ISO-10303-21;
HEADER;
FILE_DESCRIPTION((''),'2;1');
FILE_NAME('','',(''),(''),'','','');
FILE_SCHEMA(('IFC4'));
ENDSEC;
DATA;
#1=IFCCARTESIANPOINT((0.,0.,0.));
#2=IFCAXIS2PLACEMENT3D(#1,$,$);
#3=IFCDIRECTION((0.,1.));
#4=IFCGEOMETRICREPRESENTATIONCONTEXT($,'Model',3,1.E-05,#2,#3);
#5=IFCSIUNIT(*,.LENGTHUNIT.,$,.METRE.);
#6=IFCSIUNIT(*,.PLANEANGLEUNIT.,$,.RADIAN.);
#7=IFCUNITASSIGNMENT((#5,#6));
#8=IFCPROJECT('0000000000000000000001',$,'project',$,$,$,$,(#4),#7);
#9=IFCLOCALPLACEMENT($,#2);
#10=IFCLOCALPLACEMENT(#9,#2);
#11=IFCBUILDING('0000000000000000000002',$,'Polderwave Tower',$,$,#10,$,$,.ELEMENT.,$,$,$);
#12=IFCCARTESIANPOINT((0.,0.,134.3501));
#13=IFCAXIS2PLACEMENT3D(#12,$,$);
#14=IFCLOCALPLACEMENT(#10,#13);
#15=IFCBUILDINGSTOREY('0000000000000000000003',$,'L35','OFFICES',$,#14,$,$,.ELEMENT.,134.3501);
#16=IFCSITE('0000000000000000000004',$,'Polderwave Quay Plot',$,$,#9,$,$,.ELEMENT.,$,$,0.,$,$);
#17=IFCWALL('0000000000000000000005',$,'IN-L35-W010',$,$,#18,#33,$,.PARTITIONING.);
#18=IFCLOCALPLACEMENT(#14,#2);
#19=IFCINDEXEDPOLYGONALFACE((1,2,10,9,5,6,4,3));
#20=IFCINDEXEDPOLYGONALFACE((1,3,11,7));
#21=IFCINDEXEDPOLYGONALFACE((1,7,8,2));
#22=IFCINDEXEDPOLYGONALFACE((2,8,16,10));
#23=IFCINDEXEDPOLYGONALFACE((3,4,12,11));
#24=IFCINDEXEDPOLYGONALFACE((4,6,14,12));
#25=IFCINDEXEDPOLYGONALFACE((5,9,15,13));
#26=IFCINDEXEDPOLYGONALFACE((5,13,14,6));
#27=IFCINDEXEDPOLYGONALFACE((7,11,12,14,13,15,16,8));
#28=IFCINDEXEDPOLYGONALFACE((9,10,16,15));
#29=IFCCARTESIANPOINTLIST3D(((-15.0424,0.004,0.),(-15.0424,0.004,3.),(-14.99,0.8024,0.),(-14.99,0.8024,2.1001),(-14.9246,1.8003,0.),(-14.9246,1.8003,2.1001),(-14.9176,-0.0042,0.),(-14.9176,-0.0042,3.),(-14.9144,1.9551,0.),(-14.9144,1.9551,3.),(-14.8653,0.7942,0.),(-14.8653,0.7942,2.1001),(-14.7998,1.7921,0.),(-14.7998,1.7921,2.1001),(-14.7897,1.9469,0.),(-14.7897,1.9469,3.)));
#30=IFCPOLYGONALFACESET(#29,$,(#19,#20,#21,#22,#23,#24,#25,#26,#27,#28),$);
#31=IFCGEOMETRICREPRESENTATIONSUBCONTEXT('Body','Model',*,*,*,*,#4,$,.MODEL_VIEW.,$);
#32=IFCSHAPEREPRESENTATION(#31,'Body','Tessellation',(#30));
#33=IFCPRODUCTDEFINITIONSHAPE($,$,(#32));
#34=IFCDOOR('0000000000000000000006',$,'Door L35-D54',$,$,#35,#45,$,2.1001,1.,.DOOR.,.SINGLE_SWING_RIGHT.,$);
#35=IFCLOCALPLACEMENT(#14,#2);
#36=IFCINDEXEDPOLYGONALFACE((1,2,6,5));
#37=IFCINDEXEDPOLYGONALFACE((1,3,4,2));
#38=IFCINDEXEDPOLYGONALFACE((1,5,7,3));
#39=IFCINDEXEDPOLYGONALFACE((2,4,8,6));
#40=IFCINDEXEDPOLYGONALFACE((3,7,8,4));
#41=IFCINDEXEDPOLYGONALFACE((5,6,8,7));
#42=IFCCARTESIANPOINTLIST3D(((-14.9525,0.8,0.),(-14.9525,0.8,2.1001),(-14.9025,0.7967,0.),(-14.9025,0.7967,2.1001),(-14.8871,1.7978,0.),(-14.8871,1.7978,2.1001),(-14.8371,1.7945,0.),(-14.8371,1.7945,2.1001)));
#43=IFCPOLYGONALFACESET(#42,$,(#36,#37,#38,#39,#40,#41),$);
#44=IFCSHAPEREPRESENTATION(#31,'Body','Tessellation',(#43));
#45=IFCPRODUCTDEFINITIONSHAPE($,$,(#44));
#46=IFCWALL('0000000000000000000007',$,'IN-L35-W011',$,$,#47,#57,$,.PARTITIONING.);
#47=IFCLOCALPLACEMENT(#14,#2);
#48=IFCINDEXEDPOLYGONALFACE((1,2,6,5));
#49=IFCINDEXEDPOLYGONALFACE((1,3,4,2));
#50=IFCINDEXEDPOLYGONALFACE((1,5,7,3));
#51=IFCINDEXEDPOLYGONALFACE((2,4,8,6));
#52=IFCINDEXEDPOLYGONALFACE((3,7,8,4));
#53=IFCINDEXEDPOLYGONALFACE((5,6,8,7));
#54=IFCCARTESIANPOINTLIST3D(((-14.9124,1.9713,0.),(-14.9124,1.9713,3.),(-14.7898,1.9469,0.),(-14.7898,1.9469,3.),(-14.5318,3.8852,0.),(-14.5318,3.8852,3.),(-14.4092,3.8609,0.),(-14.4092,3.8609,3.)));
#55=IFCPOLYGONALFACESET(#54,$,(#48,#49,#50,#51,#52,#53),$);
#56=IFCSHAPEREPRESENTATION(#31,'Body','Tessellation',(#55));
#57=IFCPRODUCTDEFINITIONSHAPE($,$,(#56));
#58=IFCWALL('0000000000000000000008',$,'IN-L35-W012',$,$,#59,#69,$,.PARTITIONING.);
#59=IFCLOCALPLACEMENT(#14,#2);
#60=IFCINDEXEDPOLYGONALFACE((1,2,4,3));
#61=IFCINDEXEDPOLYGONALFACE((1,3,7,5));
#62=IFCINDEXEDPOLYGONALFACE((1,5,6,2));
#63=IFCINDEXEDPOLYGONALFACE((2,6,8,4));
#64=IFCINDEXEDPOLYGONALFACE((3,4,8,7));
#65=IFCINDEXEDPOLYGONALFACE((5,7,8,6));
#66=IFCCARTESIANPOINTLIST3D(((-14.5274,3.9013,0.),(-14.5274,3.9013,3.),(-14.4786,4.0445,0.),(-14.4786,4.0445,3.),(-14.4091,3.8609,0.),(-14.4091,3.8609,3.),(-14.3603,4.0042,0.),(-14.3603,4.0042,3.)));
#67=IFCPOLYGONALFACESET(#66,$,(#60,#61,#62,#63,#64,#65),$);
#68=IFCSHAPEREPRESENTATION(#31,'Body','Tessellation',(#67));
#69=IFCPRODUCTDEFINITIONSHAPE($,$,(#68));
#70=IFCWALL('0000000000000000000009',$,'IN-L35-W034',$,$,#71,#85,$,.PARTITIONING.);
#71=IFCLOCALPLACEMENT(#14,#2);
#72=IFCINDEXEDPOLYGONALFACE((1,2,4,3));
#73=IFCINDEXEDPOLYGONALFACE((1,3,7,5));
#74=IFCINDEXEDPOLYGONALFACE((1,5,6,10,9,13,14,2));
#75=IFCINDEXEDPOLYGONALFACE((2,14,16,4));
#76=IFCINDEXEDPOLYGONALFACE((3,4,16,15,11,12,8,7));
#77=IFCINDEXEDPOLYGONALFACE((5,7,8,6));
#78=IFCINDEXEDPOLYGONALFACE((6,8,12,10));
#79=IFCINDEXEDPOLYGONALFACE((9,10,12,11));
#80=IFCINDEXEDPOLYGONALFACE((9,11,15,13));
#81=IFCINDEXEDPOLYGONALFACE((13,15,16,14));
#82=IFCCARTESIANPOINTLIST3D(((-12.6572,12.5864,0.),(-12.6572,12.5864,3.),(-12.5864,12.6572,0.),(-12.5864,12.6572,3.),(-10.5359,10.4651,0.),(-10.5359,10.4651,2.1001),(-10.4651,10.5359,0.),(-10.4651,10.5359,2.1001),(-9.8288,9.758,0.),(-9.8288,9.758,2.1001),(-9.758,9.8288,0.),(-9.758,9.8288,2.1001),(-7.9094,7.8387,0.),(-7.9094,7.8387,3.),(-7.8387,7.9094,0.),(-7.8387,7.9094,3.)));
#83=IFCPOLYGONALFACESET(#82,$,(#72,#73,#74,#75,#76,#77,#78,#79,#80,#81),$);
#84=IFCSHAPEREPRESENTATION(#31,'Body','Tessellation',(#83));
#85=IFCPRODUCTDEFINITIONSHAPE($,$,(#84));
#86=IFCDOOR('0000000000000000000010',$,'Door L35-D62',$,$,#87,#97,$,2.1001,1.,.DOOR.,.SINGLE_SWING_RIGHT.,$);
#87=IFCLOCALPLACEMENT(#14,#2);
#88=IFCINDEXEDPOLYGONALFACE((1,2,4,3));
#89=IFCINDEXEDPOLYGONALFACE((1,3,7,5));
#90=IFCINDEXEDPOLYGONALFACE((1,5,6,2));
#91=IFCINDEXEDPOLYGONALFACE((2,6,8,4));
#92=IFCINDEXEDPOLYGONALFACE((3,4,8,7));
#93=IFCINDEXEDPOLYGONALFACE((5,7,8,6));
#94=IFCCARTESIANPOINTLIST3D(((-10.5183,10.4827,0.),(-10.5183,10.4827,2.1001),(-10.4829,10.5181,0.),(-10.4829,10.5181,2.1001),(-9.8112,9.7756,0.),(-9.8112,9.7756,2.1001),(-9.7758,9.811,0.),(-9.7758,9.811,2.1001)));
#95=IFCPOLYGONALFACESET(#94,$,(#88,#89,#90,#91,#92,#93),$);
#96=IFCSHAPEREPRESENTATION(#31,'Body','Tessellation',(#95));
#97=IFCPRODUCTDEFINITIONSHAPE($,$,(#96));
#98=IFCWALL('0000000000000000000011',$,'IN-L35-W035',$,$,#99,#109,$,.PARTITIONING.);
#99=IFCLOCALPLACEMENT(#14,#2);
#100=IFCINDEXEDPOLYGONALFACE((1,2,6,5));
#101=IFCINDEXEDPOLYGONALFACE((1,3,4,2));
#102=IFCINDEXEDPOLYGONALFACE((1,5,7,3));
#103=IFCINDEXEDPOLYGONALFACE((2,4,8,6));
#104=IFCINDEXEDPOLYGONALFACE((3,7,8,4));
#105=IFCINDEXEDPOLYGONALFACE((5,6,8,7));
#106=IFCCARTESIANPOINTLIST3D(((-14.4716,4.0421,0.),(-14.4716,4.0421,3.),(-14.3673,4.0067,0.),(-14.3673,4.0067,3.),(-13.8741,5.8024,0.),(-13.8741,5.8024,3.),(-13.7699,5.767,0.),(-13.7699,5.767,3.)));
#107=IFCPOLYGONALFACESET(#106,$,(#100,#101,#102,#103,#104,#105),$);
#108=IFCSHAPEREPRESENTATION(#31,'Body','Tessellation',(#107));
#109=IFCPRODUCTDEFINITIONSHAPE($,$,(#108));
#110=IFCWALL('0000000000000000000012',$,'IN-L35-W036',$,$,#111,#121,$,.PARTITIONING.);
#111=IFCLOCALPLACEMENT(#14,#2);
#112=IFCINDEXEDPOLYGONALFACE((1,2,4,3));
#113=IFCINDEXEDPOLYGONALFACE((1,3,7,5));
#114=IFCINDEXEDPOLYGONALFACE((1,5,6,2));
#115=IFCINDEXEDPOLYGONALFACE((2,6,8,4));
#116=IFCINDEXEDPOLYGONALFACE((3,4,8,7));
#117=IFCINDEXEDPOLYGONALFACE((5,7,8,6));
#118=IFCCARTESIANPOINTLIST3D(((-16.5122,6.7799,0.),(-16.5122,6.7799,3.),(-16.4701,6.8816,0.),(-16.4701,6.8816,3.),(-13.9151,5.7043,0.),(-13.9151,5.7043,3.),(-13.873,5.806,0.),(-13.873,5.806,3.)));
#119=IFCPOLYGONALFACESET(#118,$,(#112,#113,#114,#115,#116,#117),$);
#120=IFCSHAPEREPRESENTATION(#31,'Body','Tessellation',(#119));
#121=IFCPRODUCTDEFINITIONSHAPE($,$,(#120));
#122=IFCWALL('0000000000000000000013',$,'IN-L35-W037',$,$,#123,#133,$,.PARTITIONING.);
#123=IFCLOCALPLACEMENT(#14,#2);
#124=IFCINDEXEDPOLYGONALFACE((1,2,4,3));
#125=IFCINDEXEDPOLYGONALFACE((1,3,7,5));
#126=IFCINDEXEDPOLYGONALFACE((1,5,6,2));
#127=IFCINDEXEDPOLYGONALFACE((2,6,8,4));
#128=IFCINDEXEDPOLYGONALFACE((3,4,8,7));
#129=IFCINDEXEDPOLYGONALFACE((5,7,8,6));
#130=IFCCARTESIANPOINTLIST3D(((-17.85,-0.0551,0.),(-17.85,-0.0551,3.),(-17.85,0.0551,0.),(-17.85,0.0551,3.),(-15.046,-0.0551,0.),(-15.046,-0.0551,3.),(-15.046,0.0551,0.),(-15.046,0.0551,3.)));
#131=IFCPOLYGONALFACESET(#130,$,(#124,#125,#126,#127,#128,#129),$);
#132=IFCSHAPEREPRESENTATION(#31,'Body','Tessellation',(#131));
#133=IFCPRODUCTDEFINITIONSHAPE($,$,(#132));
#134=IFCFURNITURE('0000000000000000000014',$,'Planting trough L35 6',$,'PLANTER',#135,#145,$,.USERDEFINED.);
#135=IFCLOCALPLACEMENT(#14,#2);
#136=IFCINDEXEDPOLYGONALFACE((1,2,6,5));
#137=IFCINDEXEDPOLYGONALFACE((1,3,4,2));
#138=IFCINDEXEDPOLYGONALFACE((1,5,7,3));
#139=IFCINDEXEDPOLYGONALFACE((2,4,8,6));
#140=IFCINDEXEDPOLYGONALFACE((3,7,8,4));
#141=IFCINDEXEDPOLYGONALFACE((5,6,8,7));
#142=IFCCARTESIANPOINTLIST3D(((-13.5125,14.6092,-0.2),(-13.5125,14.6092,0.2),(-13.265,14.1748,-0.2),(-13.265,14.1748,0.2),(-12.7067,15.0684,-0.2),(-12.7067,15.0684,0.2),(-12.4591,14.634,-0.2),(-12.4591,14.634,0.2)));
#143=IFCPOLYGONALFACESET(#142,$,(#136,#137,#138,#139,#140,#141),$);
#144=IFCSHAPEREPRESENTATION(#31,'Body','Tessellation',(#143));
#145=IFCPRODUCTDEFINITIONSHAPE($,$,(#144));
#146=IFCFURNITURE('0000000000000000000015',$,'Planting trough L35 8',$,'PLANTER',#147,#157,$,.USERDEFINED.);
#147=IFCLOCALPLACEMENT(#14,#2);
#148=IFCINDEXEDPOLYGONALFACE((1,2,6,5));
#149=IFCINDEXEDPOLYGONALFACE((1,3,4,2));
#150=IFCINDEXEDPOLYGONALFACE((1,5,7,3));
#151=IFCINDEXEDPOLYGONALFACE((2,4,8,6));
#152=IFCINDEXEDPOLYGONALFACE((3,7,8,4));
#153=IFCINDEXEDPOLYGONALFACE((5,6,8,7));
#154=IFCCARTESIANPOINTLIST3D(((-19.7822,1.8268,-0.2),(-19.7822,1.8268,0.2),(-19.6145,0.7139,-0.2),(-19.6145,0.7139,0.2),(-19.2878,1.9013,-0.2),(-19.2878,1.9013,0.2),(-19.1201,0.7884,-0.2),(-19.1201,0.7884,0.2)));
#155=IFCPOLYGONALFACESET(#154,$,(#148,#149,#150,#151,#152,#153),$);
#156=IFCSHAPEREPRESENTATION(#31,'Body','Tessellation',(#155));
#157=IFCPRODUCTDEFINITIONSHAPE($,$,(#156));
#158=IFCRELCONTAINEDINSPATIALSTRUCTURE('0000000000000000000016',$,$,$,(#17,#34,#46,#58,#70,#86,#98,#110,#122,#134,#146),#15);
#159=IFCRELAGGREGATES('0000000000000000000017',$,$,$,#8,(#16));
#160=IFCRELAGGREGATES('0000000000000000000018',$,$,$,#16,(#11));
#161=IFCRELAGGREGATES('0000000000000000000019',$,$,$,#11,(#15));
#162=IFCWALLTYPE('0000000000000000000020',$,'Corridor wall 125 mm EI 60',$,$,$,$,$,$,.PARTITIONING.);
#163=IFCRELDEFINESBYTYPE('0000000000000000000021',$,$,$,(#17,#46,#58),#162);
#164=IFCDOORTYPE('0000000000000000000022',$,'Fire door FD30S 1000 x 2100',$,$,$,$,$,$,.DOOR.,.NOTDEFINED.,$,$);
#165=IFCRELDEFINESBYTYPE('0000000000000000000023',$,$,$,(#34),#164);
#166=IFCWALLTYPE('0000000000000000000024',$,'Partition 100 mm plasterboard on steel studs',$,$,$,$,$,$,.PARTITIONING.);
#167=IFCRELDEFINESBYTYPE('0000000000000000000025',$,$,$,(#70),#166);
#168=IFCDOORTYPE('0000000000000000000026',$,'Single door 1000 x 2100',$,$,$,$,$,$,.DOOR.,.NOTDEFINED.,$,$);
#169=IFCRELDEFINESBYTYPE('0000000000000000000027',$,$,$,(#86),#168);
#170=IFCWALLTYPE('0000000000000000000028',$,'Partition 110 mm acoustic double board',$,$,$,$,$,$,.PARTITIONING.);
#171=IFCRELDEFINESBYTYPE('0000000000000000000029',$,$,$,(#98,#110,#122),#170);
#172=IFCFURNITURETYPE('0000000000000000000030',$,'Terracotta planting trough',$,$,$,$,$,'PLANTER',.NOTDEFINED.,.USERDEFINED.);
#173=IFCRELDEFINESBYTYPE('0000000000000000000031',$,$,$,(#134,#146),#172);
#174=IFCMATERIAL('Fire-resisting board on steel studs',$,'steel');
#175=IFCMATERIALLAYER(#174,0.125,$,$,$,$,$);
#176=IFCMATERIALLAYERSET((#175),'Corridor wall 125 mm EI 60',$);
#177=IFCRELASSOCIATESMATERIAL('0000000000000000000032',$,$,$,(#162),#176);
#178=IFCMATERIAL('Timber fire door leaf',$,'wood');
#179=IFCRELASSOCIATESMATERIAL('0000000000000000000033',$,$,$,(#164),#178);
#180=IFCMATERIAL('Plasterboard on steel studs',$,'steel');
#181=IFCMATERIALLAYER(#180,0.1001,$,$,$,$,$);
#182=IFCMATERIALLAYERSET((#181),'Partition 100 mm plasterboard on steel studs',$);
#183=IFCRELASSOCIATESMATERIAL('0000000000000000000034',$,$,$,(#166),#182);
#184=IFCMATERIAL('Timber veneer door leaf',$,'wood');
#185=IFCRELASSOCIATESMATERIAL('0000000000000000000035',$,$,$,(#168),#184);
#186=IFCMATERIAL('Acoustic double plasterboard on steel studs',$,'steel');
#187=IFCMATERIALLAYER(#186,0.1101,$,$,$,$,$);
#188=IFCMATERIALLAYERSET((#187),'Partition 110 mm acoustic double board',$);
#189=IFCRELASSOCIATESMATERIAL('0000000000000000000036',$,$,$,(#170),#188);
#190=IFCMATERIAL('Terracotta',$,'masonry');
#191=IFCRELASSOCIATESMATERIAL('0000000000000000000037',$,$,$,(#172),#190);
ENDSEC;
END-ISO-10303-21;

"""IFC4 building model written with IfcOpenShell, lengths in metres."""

from ifc_helpers import new_model, si_unit, direction, frame, frame_2d, origin, origin_2d, place, context, subcontext, project, spatial, rectangle, extrude, material, layer, layer_set, type_object, element, fill, save


model = new_model("IFC4")

# Units and contexts
model_context = context("Model", 3, precision=1e-05, world=origin(), true_north=direction((0.0, 1.0)))
body_context = subcontext(model_context, "Body", "Model", "MODEL_VIEW")
ifc_project = project(units=[si_unit("LENGTHUNIT", "METRE"), si_unit("PLANEANGLEUNIT", "RADIAN")], contexts=[model_context])

# Site, building, storey
site_placement = place(None, origin())
site = spatial("IfcSite", under=ifc_project, at=site_placement, Name="Polderwave Quay Plot", CompositionType="ELEMENT", RefElevation=0.0)
building_placement = place(site_placement, origin())
building = spatial("IfcBuilding", under=site, at=building_placement, Name="Polderwave Tower", CompositionType="ELEMENT")
storey_placement = place(building_placement, frame((0.0, 0.0, 134.3501)))
storey = spatial("IfcBuildingStorey", under=building, at=storey_placement, Name="L35", Description="OFFICES", CompositionType="ELEMENT", Elevation=134.3501)

# Wall, opening, door
ifc_material_1 = material(Name="Fire-resisting board on steel studs", Category="steel")
ifc_layer_1 = layer(ifc_material_1, 0.125)
ifc_layer_set_1 = layer_set([ifc_layer_1], Name="Corridor wall 125 mm EI 60")
wall_type_1 = type_object("IfcWallType", Name="Corridor wall 125 mm EI 60", PredefinedType="PARTITIONING", material=ifc_layer_set_1)
ifc_material_2 = material(Name="Timber fire door leaf", Category="wood")
door_type_1 = type_object("IfcDoorType", Name="Fire door FD30S 1000 x 2100", OperationType="NOTDEFINED", PredefinedType="DOOR", material=ifc_material_2)
wall_1_placement = place(storey_placement, frame((-14.98, 0.0, 0.0), z_axis=(0.0, 0.0, 1.0), x_axis=(0.065425, 0.997857, 0.0)))
wall_1 = element("IfcWall", 1, at=wall_1_placement, inside=storey, type_object=wall_type_1, Name="IN-L35-W010", PredefinedType="PARTITIONING", context=body_context, shape_type="SweptSolid", body=[
    extrude(rectangle(XDim=1.9553, YDim=0.125, at=frame_2d((0.9775, 0.0))), origin(), (0.0, 0.0, 1.0), 3.0),
])
opening_1_placement = place(wall_1_placement, frame((0.8, 0.0, 0.0)))
opening_1 = element("IfcOpeningElement", 2, at=opening_1_placement, cuts=wall_1, PredefinedType="OPENING", context=body_context, shape_type="SweptSolid", body=[
    extrude(rectangle(XDim=1.0, YDim=2.1001, at=frame_2d((0.5, 1.05))), frame((0.0, 0.0725, 0.0), z_axis=(0.0, -1.0, 0.0), x_axis=(1.0, 0.0, 0.0)), (0.0, 0.0, 1.0), 0.145),
])
door_1_placement = place(opening_1_placement, origin())
door_1 = element("IfcDoor", 3, at=door_1_placement, inside=storey, type_object=door_type_1, Name="Door L35-D54", OperationType="SINGLE_SWING_RIGHT", OverallHeight=2.1001, OverallWidth=1.0, PredefinedType="DOOR", context=body_context, shape_type="SweptSolid", body=[
    extrude(rectangle(XDim=1.0, YDim=2.1001, at=frame_2d((0.5, 1.05))), frame((0.0, 0.0249, 0.0), z_axis=(0.0, -1.0, 0.0), x_axis=(1.0, 0.0, 0.0)), (0.0, 0.0, 1.0), 0.05),
])
fill(opening_1, door_1)

# Walls
wall_2_placement = place(storey_placement, frame((-14.8511, 1.9592, 0.0), z_axis=(0.0, 0.0, 1.0), x_axis=(0.195057, 0.980792, 0.0)))
element("IfcWall", 4, at=wall_2_placement, inside=storey, type_object=wall_type_1, Name="IN-L35-W011", PredefinedType="PARTITIONING", context=body_context, shape_type="SweptSolid", body=[
    extrude(rectangle(XDim=1.9514, YDim=0.125, at=frame_2d((0.9756, 0.0))), origin(), (0.0, 0.0, 1.0), 3.0),
])
wall_3_placement = place(storey_placement, frame((-14.4683, 3.8811, 0.0), z_axis=(0.0, 0.0, 1.0), x_axis=(0.32251, 0.946566, 0.0)))
element("IfcWall", 5, at=wall_3_placement, inside=storey, type_object=wall_type_1, Name="IN-L35-W012", PredefinedType="PARTITIONING", context=body_context, shape_type="SweptSolid", body=[
    extrude(rectangle(XDim=0.1514, YDim=0.125, at=frame_2d((0.0757, 0.0))), origin(), (0.0, 0.0, 1.0), 3.0),
])

# Wall, opening, door
ifc_material_3 = material(Name="Plasterboard on steel studs", Category="steel")
ifc_layer_2 = layer(ifc_material_3, 0.1001)
ifc_layer_set_2 = layer_set([ifc_layer_2], Name="Partition 100 mm plasterboard on steel studs")
wall_type_2 = type_object("IfcWallType", Name="Partition 100 mm plasterboard on steel studs", PredefinedType="PARTITIONING", material=ifc_layer_set_2)
wall_4_placement = place(storey_placement, frame((-12.6218, 12.6218, 0.0), z_axis=(0.0, 0.0, 1.0), x_axis=(0.707107, -0.707107, 0.0)))
wall_4 = element("IfcWall", 6, at=wall_4_placement, inside=storey, type_object=wall_type_2, Name="IN-L35-W034", PredefinedType="PARTITIONING", context=body_context, shape_type="SweptSolid", body=[
    extrude(rectangle(XDim=6.7144, YDim=0.1001, at=frame_2d((3.3572, 0.0))), origin(), (0.0, 0.0, 1.0), 3.0),
])
opening_2_placement = place(wall_4_placement, frame((3.0, 0.0, 0.0)))
opening_2 = element("IfcOpeningElement", 7, at=opening_2_placement, cuts=wall_4, PredefinedType="OPENING", context=body_context, shape_type="SweptSolid", body=[
    extrude(rectangle(XDim=1.0, YDim=2.1001, at=frame_2d((0.5, 1.05))), frame((0.0, 0.0601, 0.0), z_axis=(0.0, -1.0, 0.0), x_axis=(1.0, 0.0, 0.0)), (0.0, 0.0, 1.0), 0.1201),
])
ifc_material_4 = material(Name="Timber veneer door leaf", Category="wood")
door_type_2 = type_object("IfcDoorType", Name="Single door 1000 x 2100", OperationType="NOTDEFINED", PredefinedType="DOOR", material=ifc_material_4)
door_2_placement = place(opening_2_placement, origin())
door_2 = element("IfcDoor", 8, at=door_2_placement, inside=storey, type_object=door_type_2, Name="Door L35-D62", OperationType="SINGLE_SWING_RIGHT", OverallHeight=2.1001, OverallWidth=1.0, PredefinedType="DOOR", context=body_context, shape_type="SweptSolid", body=[
    extrude(rectangle(XDim=1.0, YDim=2.1001, at=frame_2d((0.5, 1.05))), frame((0.0, 0.0249, 0.0), z_axis=(0.0, -1.0, 0.0), x_axis=(1.0, 0.0, 0.0)), (0.0, 0.0, 1.0), 0.05),
])
fill(opening_2, door_2)

# Walls
ifc_material_5 = material(Name="Acoustic double plasterboard on steel studs", Category="steel")
ifc_layer_3 = layer(ifc_material_5, 0.1101)
ifc_layer_set_3 = layer_set([ifc_layer_3], Name="Partition 110 mm acoustic double board")
wall_type_3 = type_object("IfcWallType", Name="Partition 110 mm acoustic double board", PredefinedType="PARTITIONING", material=ifc_layer_set_3)
wall_5_placement = place(storey_placement, frame((-14.4194, 4.0244, 0.0), z_axis=(0.0, 0.0, 1.0), x_axis=(0.321385, 0.946949, 0.0)))
element("IfcWall", 9, at=wall_5_placement, inside=storey, type_object=wall_type_3, Name="IN-L35-W035", PredefinedType="PARTITIONING", context=body_context, shape_type="SweptSolid", body=[
    extrude(rectangle(XDim=1.8589, YDim=0.1101, at=frame_2d((0.9294, 0.0))), origin(), (0.0, 0.0, 1.0), 3.0),
])
wall_6_placement = place(storey_placement, frame((-13.894, 5.7551, 0.0), z_axis=(0.0, 0.0, 1.0), x_axis=(-0.923892, 0.382653, 0.0)))
element("IfcWall", 10, at=wall_6_placement, inside=storey, type_object=wall_type_3, Name="IN-L35-W036", PredefinedType="PARTITIONING", context=body_context, shape_type="SweptSolid", body=[
    extrude(rectangle(XDim=2.811, YDim=0.1101, at=frame_2d((1.4055, 0.0))), origin(), (0.0, 0.0, 1.0), 3.0),
])
wall_7_placement = place(storey_placement, frame((-15.0461, 0.0, 0.0), z_axis=(0.0, 0.0, 1.0), x_axis=(-1.0, 0.0, 0.0)))
element("IfcWall", 11, at=wall_7_placement, inside=storey, type_object=wall_type_3, Name="IN-L35-W037", PredefinedType="PARTITIONING", context=body_context, shape_type="SweptSolid", body=[
    extrude(rectangle(XDim=2.804, YDim=0.1101, at=frame_2d((1.4019, 0.0))), origin(), (0.0, 0.0, 1.0), 3.0),
])

# Furniture
ifc_material_6 = material(Name="Terracotta", Category="masonry")
furniture_type = type_object("IfcFurnitureType", Name="Terracotta planting trough", ElementType="PLANTER", AssemblyPlace="NOTDEFINED", PredefinedType="USERDEFINED", material=ifc_material_6)
furniture_1_placement = place(storey_placement, frame((-12.9858, 14.6216, -0.2), z_axis=(0.0, 0.0, 1.0), x_axis=(-0.868819, -0.49513, 0.0)))
element("IfcFurniture", 12, at=furniture_1_placement, inside=storey, type_object=furniture_type, Name="Planting trough L35 6", ObjectType="PLANTER", PredefinedType="USERDEFINED", context=body_context, shape_type="SweptSolid", body=[
    extrude(rectangle(XDim=0.9275, YDim=0.5, at=origin_2d()), origin(), (0.0, 0.0, 1.0), 0.3999),
])
furniture_2_placement = place(storey_placement, frame((-19.4512, 1.3076, -0.2), z_axis=(0.0, 0.0, 1.0), x_axis=(0.148978, -0.988841, 0.0)))
element("IfcFurniture", 13, at=furniture_2_placement, inside=storey, type_object=furniture_type, Name="Planting trough L35 8", ObjectType="PLANTER", PredefinedType="USERDEFINED", context=body_context, shape_type="SweptSolid", body=[
    extrude(rectangle(XDim=1.1255, YDim=0.5, at=origin_2d()), origin(), (0.0, 0.0, 1.0), 0.3999),
])

save(model, "model.ifc")
